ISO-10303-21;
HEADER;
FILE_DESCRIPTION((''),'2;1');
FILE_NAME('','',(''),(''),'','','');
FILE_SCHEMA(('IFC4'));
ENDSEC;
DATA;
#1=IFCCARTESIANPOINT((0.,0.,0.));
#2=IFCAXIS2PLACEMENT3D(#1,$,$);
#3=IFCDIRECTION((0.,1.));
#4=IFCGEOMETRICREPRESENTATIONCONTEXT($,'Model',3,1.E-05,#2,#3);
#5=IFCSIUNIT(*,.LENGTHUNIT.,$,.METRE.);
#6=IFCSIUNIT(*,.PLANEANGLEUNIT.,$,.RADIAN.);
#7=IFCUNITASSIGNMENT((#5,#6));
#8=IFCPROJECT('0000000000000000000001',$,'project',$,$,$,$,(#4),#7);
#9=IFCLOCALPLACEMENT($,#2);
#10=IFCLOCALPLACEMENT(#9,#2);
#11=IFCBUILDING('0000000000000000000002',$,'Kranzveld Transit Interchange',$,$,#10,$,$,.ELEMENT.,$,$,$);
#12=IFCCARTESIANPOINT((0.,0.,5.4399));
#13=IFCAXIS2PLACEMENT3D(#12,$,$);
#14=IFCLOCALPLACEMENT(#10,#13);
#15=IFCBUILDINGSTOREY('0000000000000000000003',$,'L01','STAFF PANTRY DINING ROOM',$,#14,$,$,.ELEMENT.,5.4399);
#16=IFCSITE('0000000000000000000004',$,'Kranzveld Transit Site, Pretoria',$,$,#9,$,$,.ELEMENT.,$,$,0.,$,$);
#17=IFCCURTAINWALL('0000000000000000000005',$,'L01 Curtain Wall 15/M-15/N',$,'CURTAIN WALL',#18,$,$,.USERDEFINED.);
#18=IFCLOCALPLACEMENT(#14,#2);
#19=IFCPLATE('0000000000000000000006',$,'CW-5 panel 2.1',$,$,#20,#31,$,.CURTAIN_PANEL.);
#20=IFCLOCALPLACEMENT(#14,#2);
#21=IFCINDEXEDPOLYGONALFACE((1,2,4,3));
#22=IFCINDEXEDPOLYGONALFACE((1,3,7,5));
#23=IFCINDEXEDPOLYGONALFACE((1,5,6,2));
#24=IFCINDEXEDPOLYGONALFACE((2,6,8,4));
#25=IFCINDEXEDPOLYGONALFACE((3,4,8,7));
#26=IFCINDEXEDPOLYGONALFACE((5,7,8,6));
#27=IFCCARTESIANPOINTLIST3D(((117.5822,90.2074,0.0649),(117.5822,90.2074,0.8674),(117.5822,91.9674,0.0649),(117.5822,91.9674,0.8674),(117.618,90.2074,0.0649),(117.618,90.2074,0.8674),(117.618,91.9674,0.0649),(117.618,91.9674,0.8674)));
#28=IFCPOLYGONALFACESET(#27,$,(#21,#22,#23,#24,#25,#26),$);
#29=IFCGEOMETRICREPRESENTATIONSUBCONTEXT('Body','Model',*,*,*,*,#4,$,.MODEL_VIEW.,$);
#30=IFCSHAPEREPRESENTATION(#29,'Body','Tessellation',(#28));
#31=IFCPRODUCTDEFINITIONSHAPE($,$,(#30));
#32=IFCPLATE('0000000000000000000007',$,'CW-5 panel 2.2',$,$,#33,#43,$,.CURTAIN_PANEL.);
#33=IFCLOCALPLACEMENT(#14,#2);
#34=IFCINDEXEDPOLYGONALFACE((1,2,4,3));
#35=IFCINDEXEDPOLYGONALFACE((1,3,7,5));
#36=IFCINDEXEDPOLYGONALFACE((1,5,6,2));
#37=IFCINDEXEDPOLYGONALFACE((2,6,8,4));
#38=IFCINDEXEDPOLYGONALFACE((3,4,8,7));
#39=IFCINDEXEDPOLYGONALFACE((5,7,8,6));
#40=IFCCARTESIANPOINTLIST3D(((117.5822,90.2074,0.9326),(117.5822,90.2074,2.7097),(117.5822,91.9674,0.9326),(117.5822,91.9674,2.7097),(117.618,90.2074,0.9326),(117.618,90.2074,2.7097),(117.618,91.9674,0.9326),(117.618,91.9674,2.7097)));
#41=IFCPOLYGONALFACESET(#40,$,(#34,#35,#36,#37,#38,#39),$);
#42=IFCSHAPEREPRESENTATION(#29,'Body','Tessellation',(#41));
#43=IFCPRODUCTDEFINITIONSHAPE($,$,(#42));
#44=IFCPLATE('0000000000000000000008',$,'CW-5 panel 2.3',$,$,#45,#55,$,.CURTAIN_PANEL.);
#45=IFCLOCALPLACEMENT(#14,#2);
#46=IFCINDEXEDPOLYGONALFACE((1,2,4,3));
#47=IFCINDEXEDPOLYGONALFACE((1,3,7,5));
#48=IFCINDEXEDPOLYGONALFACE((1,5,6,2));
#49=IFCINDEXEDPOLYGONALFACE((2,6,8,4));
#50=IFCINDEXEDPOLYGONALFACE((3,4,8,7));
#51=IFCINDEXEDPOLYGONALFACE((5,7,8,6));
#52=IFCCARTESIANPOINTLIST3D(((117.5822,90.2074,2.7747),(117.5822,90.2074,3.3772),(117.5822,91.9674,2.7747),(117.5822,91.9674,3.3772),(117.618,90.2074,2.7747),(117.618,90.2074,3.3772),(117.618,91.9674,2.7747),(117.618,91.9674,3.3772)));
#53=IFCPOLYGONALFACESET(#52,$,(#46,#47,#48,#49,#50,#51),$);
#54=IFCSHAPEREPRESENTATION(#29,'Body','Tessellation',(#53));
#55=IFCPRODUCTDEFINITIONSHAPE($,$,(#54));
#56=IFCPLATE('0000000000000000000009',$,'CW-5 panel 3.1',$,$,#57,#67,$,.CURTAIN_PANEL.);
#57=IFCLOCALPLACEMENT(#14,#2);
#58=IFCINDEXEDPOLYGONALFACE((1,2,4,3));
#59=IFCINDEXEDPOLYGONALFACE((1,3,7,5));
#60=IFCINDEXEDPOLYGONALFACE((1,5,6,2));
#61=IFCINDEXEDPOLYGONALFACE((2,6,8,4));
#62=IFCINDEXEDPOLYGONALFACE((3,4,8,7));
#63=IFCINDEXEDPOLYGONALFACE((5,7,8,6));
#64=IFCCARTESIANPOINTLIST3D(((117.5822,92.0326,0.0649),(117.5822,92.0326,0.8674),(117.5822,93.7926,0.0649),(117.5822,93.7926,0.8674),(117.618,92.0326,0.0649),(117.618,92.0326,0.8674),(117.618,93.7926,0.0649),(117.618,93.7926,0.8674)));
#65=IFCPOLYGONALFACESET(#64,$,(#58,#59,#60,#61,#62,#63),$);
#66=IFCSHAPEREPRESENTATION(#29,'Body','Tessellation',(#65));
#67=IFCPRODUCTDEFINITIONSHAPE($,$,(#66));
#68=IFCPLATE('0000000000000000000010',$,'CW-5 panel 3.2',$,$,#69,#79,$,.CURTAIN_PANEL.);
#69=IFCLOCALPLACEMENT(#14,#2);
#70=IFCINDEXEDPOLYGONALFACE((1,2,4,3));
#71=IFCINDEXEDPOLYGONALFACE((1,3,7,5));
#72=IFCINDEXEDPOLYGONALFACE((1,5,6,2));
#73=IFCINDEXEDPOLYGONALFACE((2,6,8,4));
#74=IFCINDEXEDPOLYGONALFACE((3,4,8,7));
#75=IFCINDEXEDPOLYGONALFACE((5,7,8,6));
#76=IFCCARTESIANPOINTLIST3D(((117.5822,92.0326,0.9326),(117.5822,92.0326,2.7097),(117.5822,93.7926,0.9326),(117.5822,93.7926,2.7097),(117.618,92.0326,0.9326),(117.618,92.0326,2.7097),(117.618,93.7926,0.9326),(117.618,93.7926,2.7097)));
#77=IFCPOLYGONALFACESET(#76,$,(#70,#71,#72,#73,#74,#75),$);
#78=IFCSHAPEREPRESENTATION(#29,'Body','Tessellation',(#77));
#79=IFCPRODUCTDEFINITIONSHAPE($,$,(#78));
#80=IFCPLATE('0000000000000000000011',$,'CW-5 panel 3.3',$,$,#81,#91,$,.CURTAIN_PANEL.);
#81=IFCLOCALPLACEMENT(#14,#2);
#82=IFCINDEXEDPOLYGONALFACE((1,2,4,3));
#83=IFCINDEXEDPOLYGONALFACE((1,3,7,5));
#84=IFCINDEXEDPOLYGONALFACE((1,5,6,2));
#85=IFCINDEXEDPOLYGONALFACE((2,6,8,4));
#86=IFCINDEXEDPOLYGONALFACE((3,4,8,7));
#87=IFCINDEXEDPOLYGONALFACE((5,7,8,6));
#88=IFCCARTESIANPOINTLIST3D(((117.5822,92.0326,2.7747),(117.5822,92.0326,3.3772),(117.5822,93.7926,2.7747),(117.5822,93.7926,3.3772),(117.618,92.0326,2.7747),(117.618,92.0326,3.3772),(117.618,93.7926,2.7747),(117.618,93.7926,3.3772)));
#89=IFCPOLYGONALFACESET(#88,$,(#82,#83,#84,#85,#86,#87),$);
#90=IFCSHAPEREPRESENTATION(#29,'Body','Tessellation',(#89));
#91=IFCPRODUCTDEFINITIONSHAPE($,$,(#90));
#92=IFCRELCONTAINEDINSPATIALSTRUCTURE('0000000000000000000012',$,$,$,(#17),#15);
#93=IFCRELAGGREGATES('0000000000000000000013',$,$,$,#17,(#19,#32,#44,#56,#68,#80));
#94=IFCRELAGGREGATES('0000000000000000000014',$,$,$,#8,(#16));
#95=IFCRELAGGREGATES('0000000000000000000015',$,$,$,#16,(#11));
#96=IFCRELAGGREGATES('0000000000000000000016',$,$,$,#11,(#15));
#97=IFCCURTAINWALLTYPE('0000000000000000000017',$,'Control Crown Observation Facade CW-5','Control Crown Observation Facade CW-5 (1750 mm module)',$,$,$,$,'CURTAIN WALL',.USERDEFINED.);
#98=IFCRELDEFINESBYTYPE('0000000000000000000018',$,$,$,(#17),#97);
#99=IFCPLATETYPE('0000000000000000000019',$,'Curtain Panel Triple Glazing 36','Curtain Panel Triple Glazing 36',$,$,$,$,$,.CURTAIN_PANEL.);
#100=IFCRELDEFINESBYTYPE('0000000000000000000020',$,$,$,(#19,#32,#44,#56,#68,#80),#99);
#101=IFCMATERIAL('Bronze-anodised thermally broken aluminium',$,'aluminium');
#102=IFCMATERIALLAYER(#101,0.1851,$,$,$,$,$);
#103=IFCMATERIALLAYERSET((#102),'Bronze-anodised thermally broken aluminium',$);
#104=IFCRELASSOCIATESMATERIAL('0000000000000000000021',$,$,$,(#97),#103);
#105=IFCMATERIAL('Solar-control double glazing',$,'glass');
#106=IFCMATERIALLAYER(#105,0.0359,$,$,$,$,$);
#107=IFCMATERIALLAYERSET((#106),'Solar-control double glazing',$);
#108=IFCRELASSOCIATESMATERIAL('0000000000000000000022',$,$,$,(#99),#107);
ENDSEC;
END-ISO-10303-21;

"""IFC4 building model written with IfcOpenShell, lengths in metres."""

from ifc_helpers import new_model, si_unit, direction, frame, origin, origin_2d, place, context, subcontext, project, spatial, rectangle, extrude, material, layer, layer_set, type_object, element, aggregate, save


model = new_model("IFC4")

# Units and contexts
model_context = context("Model", 3, precision=1e-05, world=origin(), true_north=direction((0.0, 1.0)))
body_context = subcontext(model_context, "Body", "Model", "MODEL_VIEW")
ifc_project = project(units=[si_unit("LENGTHUNIT", "METRE"), si_unit("PLANEANGLEUNIT", "RADIAN")], contexts=[model_context])

# Site, building, storey
site_placement = place(None, origin())
site = spatial("IfcSite", under=ifc_project, at=site_placement, Name="Kranzveld Transit Site, Pretoria", CompositionType="ELEMENT", RefElevation=0.0)
building_placement = place(site_placement, origin())
building = spatial("IfcBuilding", under=site, at=building_placement, Name="Kranzveld Transit Interchange", CompositionType="ELEMENT")
storey_placement = place(building_placement, frame((0.0, 0.0, 5.4399)))
storey = spatial("IfcBuildingStorey", under=building, at=storey_placement, Name="L01", Description="STAFF PANTRY DINING ROOM", CompositionType="ELEMENT", Elevation=5.4399)

# Curtain wall
ifc_material_1 = material(Name="Bronze-anodised thermally broken aluminium", Category="aluminium")
ifc_layer_1 = layer(ifc_material_1, 0.1851)
ifc_layer_set_1 = layer_set([ifc_layer_1], Name="Bronze-anodised thermally broken aluminium")
curtain_wall_type = type_object("IfcCurtainWallType", Name="Control Crown Observation Facade CW-5", Description="Control Crown Observation Facade CW-5 (1750 mm module)", ElementType="CURTAIN WALL", PredefinedType="USERDEFINED", material=ifc_layer_set_1)
curtain_wall_placement = place(storey_placement, origin())
curtain_wall = element("IfcCurtainWall", 1, at=curtain_wall_placement, inside=storey, type_object=curtain_wall_type, Name="L01 Curtain Wall 15/M-15/N", ObjectType="CURTAIN WALL", PredefinedType="USERDEFINED")

# Plates
ifc_material_2 = material(Name="Solar-control double glazing", Category="glass")
ifc_layer_2 = layer(ifc_material_2, 0.0359)
ifc_layer_set_2 = layer_set([ifc_layer_2], Name="Solar-control double glazing")
plate_type = type_object("IfcPlateType", Name="Curtain Panel Triple Glazing 36", Description="Curtain Panel Triple Glazing 36", PredefinedType="CURTAIN_PANEL", material=ifc_layer_set_2)
plate_1_placement = place(storey_placement, frame((117.6001, 91.0874, 0.0649), z_axis=(0.0, 0.0, 1.0), x_axis=(0.0, 1.0, 0.0)))
plate_1 = element("IfcPlate", 2, at=plate_1_placement, type_object=plate_type, Name="CW-5 panel 2.1", PredefinedType="CURTAIN_PANEL", context=body_context, shape_type="SweptSolid", body=[
    extrude(rectangle(XDim=1.76, YDim=0.0359, at=origin_2d()), origin(), (0.0, 0.0, 1.0), 0.8025),
])
plate_2_placement = place(storey_placement, frame((117.6001, 91.0874, 0.9326), z_axis=(0.0, 0.0, 1.0), x_axis=(0.0, 1.0, 0.0)))
plate_2 = element("IfcPlate", 3, at=plate_2_placement, type_object=plate_type, Name="CW-5 panel 2.2", PredefinedType="CURTAIN_PANEL", context=body_context, shape_type="SweptSolid", body=[
    extrude(rectangle(XDim=1.76, YDim=0.0359, at=origin_2d()), origin(), (0.0, 0.0, 1.0), 1.7771),
])
plate_3_placement = place(storey_placement, frame((117.6001, 91.0874, 2.7747), z_axis=(0.0, 0.0, 1.0), x_axis=(0.0, 1.0, 0.0)))
plate_3 = element("IfcPlate", 4, at=plate_3_placement, type_object=plate_type, Name="CW-5 panel 2.3", PredefinedType="CURTAIN_PANEL", context=body_context, shape_type="SweptSolid", body=[
    extrude(rectangle(XDim=1.76, YDim=0.0359, at=origin_2d()), origin(), (0.0, 0.0, 1.0), 0.6025),
])
plate_4_placement = place(storey_placement, frame((117.6001, 92.9126, 0.0649), z_axis=(0.0, 0.0, 1.0), x_axis=(0.0, 1.0, 0.0)))
plate_4 = element("IfcPlate", 5, at=plate_4_placement, type_object=plate_type, Name="CW-5 panel 3.1", PredefinedType="CURTAIN_PANEL", context=body_context, shape_type="SweptSolid", body=[
    extrude(rectangle(XDim=1.76, YDim=0.0359, at=origin_2d()), origin(), (0.0, 0.0, 1.0), 0.8025),
])
plate_5_placement = place(storey_placement, frame((117.6001, 92.9126, 0.9326), z_axis=(0.0, 0.0, 1.0), x_axis=(0.0, 1.0, 0.0)))
plate_5 = element("IfcPlate", 6, at=plate_5_placement, type_object=plate_type, Name="CW-5 panel 3.2", PredefinedType="CURTAIN_PANEL", context=body_context, shape_type="SweptSolid", body=[
    extrude(rectangle(XDim=1.76, YDim=0.0359, at=origin_2d()), origin(), (0.0, 0.0, 1.0), 1.7771),
])
plate_6_placement = place(storey_placement, frame((117.6001, 92.9126, 2.7747), z_axis=(0.0, 0.0, 1.0), x_axis=(0.0, 1.0, 0.0)))
plate_6 = element("IfcPlate", 7, at=plate_6_placement, type_object=plate_type, Name="CW-5 panel 3.3", PredefinedType="CURTAIN_PANEL", context=body_context, shape_type="SweptSolid", body=[
    extrude(rectangle(XDim=1.76, YDim=0.0359, at=origin_2d()), origin(), (0.0, 0.0, 1.0), 0.6025),
])
aggregate(curtain_wall, [plate_1, plate_2, plate_3, plate_4, plate_5, plate_6])

save(model, "model.ifc")
